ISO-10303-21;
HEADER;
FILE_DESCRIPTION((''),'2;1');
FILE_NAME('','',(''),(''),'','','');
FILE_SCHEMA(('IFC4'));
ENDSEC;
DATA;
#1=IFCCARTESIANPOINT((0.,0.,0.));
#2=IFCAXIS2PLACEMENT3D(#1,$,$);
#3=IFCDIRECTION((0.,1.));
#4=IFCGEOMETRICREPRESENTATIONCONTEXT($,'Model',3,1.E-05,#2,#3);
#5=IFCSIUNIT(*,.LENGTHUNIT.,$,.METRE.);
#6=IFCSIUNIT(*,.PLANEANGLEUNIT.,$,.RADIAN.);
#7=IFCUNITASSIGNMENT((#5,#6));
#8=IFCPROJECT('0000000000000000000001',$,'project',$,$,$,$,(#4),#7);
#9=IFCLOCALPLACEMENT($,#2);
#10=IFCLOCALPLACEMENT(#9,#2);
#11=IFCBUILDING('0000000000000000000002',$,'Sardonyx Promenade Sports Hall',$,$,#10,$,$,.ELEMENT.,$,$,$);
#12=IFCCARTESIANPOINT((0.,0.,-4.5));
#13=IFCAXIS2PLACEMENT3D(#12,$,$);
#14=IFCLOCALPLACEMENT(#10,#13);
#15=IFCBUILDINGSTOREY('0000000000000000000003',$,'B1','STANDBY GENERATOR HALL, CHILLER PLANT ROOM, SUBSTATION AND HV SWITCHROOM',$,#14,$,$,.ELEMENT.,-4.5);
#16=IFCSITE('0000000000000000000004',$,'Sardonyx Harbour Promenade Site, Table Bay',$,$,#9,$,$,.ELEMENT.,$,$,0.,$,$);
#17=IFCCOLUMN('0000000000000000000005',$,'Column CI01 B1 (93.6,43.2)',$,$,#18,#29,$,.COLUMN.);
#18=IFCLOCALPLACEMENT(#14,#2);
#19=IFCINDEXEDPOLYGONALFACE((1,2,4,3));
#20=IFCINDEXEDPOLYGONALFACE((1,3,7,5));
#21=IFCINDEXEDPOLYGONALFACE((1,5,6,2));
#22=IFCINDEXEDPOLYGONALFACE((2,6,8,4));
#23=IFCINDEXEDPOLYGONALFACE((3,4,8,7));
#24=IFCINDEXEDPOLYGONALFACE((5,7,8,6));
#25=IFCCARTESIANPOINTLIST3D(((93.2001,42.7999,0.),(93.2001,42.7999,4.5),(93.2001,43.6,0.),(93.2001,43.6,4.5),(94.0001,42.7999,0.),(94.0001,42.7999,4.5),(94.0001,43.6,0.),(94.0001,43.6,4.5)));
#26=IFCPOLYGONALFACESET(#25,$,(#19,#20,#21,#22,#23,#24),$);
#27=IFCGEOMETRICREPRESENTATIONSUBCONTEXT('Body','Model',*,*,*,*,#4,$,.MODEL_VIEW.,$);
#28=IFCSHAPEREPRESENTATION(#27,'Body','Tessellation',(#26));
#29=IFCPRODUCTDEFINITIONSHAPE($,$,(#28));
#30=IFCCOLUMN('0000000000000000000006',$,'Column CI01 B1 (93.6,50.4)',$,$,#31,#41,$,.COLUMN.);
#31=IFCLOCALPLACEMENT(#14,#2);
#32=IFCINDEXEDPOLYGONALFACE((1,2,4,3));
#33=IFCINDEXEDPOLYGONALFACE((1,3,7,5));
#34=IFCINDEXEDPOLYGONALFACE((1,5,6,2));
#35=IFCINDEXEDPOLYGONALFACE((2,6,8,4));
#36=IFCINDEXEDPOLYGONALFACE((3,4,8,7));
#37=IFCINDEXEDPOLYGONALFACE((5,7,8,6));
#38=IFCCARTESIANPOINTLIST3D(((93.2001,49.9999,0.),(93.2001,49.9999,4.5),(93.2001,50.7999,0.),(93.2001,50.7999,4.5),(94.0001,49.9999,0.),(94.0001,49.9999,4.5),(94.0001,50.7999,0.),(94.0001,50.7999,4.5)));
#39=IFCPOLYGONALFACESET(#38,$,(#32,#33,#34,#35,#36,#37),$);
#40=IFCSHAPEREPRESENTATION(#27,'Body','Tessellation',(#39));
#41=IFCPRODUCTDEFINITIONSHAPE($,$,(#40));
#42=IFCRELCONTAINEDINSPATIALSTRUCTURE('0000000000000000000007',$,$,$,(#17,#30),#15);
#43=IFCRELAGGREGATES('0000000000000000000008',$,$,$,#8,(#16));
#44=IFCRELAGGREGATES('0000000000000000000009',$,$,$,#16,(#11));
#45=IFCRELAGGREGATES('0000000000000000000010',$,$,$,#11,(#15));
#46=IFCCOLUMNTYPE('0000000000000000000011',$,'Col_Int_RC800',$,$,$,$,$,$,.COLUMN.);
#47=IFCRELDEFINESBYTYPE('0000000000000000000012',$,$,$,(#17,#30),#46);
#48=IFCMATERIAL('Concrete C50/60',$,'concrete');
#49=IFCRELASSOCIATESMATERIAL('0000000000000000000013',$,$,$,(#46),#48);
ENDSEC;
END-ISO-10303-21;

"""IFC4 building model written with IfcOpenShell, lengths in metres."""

from ifc_helpers import new_model, si_unit, direction, frame, origin, origin_2d, place, context, subcontext, project, spatial, rectangle, extrude, material, material_profile, profile_set, type_object, element, save


model = new_model("IFC4")

# Units and contexts
model_context = context("Model", 3, precision=1e-05, world=origin(), true_north=direction((0.0, 1.0)))
body_context = subcontext(model_context, "Body", "Model", "MODEL_VIEW")
ifc_project = project(units=[si_unit("LENGTHUNIT", "METRE"), si_unit("PLANEANGLEUNIT", "RADIAN")], contexts=[model_context])

# Site, building, storey
site_placement = place(None, origin())
site = spatial("IfcSite", under=ifc_project, at=site_placement, Name="Sardonyx Harbour Promenade Site, Table Bay", CompositionType="ELEMENT", RefElevation=0.0)
building_placement = place(site_placement, origin())
building = spatial("IfcBuilding", under=site, at=building_placement, Name="Sardonyx Promenade Sports Hall", CompositionType="ELEMENT")
storey_placement = place(building_placement, frame((0.0, 0.0, -4.5)))
storey = spatial("IfcBuildingStorey", under=building, at=storey_placement, Name="B1", Description="STANDBY GENERATOR HALL, CHILLER PLANT ROOM, SUBSTATION AND HV SWITCHROOM", CompositionType="ELEMENT", Elevation=-4.5)

# Columns
ifc_material_1 = material(Name="Concrete C50/60", Category="concrete")
ifc_material_profile_1 = material_profile(ifc_material_1, rectangle(XDim=0.8, YDim=0.8, at=origin_2d()))
ifc_profile_set_1 = profile_set([ifc_material_profile_1], Name="Concrete C50/60")
column_type = type_object("IfcColumnType", Name="Col_Int_RC800", PredefinedType="COLUMN", material=ifc_profile_set_1)
for number, where, z_axis, x_axis, name in (
    (1, (93.6001, 43.2, 0.0), (0.0, 0.0, 1.0), (1.0, 0.0, 0.0), "Column CI01 B1 (93.6,43.2)"),
    (2, (93.6001, 50.3999, 0.0), (0.0, 0.0, 1.0), (1.0, 0.0, 0.0), "Column CI01 B1 (93.6,50.4)"),
):
    element("IfcColumn", number, at=place(storey_placement, frame(where, z_axis=z_axis, x_axis=x_axis)), inside=storey, type_object=column_type, Name=name, PredefinedType="COLUMN", context=body_context, shape_type="SweptSolid", body=[
        extrude(rectangle(XDim=0.8, YDim=0.8, at=origin_2d()), origin(), (0.0, 0.0, 1.0), 4.5),
    ])

save(model, "model.ifc")
